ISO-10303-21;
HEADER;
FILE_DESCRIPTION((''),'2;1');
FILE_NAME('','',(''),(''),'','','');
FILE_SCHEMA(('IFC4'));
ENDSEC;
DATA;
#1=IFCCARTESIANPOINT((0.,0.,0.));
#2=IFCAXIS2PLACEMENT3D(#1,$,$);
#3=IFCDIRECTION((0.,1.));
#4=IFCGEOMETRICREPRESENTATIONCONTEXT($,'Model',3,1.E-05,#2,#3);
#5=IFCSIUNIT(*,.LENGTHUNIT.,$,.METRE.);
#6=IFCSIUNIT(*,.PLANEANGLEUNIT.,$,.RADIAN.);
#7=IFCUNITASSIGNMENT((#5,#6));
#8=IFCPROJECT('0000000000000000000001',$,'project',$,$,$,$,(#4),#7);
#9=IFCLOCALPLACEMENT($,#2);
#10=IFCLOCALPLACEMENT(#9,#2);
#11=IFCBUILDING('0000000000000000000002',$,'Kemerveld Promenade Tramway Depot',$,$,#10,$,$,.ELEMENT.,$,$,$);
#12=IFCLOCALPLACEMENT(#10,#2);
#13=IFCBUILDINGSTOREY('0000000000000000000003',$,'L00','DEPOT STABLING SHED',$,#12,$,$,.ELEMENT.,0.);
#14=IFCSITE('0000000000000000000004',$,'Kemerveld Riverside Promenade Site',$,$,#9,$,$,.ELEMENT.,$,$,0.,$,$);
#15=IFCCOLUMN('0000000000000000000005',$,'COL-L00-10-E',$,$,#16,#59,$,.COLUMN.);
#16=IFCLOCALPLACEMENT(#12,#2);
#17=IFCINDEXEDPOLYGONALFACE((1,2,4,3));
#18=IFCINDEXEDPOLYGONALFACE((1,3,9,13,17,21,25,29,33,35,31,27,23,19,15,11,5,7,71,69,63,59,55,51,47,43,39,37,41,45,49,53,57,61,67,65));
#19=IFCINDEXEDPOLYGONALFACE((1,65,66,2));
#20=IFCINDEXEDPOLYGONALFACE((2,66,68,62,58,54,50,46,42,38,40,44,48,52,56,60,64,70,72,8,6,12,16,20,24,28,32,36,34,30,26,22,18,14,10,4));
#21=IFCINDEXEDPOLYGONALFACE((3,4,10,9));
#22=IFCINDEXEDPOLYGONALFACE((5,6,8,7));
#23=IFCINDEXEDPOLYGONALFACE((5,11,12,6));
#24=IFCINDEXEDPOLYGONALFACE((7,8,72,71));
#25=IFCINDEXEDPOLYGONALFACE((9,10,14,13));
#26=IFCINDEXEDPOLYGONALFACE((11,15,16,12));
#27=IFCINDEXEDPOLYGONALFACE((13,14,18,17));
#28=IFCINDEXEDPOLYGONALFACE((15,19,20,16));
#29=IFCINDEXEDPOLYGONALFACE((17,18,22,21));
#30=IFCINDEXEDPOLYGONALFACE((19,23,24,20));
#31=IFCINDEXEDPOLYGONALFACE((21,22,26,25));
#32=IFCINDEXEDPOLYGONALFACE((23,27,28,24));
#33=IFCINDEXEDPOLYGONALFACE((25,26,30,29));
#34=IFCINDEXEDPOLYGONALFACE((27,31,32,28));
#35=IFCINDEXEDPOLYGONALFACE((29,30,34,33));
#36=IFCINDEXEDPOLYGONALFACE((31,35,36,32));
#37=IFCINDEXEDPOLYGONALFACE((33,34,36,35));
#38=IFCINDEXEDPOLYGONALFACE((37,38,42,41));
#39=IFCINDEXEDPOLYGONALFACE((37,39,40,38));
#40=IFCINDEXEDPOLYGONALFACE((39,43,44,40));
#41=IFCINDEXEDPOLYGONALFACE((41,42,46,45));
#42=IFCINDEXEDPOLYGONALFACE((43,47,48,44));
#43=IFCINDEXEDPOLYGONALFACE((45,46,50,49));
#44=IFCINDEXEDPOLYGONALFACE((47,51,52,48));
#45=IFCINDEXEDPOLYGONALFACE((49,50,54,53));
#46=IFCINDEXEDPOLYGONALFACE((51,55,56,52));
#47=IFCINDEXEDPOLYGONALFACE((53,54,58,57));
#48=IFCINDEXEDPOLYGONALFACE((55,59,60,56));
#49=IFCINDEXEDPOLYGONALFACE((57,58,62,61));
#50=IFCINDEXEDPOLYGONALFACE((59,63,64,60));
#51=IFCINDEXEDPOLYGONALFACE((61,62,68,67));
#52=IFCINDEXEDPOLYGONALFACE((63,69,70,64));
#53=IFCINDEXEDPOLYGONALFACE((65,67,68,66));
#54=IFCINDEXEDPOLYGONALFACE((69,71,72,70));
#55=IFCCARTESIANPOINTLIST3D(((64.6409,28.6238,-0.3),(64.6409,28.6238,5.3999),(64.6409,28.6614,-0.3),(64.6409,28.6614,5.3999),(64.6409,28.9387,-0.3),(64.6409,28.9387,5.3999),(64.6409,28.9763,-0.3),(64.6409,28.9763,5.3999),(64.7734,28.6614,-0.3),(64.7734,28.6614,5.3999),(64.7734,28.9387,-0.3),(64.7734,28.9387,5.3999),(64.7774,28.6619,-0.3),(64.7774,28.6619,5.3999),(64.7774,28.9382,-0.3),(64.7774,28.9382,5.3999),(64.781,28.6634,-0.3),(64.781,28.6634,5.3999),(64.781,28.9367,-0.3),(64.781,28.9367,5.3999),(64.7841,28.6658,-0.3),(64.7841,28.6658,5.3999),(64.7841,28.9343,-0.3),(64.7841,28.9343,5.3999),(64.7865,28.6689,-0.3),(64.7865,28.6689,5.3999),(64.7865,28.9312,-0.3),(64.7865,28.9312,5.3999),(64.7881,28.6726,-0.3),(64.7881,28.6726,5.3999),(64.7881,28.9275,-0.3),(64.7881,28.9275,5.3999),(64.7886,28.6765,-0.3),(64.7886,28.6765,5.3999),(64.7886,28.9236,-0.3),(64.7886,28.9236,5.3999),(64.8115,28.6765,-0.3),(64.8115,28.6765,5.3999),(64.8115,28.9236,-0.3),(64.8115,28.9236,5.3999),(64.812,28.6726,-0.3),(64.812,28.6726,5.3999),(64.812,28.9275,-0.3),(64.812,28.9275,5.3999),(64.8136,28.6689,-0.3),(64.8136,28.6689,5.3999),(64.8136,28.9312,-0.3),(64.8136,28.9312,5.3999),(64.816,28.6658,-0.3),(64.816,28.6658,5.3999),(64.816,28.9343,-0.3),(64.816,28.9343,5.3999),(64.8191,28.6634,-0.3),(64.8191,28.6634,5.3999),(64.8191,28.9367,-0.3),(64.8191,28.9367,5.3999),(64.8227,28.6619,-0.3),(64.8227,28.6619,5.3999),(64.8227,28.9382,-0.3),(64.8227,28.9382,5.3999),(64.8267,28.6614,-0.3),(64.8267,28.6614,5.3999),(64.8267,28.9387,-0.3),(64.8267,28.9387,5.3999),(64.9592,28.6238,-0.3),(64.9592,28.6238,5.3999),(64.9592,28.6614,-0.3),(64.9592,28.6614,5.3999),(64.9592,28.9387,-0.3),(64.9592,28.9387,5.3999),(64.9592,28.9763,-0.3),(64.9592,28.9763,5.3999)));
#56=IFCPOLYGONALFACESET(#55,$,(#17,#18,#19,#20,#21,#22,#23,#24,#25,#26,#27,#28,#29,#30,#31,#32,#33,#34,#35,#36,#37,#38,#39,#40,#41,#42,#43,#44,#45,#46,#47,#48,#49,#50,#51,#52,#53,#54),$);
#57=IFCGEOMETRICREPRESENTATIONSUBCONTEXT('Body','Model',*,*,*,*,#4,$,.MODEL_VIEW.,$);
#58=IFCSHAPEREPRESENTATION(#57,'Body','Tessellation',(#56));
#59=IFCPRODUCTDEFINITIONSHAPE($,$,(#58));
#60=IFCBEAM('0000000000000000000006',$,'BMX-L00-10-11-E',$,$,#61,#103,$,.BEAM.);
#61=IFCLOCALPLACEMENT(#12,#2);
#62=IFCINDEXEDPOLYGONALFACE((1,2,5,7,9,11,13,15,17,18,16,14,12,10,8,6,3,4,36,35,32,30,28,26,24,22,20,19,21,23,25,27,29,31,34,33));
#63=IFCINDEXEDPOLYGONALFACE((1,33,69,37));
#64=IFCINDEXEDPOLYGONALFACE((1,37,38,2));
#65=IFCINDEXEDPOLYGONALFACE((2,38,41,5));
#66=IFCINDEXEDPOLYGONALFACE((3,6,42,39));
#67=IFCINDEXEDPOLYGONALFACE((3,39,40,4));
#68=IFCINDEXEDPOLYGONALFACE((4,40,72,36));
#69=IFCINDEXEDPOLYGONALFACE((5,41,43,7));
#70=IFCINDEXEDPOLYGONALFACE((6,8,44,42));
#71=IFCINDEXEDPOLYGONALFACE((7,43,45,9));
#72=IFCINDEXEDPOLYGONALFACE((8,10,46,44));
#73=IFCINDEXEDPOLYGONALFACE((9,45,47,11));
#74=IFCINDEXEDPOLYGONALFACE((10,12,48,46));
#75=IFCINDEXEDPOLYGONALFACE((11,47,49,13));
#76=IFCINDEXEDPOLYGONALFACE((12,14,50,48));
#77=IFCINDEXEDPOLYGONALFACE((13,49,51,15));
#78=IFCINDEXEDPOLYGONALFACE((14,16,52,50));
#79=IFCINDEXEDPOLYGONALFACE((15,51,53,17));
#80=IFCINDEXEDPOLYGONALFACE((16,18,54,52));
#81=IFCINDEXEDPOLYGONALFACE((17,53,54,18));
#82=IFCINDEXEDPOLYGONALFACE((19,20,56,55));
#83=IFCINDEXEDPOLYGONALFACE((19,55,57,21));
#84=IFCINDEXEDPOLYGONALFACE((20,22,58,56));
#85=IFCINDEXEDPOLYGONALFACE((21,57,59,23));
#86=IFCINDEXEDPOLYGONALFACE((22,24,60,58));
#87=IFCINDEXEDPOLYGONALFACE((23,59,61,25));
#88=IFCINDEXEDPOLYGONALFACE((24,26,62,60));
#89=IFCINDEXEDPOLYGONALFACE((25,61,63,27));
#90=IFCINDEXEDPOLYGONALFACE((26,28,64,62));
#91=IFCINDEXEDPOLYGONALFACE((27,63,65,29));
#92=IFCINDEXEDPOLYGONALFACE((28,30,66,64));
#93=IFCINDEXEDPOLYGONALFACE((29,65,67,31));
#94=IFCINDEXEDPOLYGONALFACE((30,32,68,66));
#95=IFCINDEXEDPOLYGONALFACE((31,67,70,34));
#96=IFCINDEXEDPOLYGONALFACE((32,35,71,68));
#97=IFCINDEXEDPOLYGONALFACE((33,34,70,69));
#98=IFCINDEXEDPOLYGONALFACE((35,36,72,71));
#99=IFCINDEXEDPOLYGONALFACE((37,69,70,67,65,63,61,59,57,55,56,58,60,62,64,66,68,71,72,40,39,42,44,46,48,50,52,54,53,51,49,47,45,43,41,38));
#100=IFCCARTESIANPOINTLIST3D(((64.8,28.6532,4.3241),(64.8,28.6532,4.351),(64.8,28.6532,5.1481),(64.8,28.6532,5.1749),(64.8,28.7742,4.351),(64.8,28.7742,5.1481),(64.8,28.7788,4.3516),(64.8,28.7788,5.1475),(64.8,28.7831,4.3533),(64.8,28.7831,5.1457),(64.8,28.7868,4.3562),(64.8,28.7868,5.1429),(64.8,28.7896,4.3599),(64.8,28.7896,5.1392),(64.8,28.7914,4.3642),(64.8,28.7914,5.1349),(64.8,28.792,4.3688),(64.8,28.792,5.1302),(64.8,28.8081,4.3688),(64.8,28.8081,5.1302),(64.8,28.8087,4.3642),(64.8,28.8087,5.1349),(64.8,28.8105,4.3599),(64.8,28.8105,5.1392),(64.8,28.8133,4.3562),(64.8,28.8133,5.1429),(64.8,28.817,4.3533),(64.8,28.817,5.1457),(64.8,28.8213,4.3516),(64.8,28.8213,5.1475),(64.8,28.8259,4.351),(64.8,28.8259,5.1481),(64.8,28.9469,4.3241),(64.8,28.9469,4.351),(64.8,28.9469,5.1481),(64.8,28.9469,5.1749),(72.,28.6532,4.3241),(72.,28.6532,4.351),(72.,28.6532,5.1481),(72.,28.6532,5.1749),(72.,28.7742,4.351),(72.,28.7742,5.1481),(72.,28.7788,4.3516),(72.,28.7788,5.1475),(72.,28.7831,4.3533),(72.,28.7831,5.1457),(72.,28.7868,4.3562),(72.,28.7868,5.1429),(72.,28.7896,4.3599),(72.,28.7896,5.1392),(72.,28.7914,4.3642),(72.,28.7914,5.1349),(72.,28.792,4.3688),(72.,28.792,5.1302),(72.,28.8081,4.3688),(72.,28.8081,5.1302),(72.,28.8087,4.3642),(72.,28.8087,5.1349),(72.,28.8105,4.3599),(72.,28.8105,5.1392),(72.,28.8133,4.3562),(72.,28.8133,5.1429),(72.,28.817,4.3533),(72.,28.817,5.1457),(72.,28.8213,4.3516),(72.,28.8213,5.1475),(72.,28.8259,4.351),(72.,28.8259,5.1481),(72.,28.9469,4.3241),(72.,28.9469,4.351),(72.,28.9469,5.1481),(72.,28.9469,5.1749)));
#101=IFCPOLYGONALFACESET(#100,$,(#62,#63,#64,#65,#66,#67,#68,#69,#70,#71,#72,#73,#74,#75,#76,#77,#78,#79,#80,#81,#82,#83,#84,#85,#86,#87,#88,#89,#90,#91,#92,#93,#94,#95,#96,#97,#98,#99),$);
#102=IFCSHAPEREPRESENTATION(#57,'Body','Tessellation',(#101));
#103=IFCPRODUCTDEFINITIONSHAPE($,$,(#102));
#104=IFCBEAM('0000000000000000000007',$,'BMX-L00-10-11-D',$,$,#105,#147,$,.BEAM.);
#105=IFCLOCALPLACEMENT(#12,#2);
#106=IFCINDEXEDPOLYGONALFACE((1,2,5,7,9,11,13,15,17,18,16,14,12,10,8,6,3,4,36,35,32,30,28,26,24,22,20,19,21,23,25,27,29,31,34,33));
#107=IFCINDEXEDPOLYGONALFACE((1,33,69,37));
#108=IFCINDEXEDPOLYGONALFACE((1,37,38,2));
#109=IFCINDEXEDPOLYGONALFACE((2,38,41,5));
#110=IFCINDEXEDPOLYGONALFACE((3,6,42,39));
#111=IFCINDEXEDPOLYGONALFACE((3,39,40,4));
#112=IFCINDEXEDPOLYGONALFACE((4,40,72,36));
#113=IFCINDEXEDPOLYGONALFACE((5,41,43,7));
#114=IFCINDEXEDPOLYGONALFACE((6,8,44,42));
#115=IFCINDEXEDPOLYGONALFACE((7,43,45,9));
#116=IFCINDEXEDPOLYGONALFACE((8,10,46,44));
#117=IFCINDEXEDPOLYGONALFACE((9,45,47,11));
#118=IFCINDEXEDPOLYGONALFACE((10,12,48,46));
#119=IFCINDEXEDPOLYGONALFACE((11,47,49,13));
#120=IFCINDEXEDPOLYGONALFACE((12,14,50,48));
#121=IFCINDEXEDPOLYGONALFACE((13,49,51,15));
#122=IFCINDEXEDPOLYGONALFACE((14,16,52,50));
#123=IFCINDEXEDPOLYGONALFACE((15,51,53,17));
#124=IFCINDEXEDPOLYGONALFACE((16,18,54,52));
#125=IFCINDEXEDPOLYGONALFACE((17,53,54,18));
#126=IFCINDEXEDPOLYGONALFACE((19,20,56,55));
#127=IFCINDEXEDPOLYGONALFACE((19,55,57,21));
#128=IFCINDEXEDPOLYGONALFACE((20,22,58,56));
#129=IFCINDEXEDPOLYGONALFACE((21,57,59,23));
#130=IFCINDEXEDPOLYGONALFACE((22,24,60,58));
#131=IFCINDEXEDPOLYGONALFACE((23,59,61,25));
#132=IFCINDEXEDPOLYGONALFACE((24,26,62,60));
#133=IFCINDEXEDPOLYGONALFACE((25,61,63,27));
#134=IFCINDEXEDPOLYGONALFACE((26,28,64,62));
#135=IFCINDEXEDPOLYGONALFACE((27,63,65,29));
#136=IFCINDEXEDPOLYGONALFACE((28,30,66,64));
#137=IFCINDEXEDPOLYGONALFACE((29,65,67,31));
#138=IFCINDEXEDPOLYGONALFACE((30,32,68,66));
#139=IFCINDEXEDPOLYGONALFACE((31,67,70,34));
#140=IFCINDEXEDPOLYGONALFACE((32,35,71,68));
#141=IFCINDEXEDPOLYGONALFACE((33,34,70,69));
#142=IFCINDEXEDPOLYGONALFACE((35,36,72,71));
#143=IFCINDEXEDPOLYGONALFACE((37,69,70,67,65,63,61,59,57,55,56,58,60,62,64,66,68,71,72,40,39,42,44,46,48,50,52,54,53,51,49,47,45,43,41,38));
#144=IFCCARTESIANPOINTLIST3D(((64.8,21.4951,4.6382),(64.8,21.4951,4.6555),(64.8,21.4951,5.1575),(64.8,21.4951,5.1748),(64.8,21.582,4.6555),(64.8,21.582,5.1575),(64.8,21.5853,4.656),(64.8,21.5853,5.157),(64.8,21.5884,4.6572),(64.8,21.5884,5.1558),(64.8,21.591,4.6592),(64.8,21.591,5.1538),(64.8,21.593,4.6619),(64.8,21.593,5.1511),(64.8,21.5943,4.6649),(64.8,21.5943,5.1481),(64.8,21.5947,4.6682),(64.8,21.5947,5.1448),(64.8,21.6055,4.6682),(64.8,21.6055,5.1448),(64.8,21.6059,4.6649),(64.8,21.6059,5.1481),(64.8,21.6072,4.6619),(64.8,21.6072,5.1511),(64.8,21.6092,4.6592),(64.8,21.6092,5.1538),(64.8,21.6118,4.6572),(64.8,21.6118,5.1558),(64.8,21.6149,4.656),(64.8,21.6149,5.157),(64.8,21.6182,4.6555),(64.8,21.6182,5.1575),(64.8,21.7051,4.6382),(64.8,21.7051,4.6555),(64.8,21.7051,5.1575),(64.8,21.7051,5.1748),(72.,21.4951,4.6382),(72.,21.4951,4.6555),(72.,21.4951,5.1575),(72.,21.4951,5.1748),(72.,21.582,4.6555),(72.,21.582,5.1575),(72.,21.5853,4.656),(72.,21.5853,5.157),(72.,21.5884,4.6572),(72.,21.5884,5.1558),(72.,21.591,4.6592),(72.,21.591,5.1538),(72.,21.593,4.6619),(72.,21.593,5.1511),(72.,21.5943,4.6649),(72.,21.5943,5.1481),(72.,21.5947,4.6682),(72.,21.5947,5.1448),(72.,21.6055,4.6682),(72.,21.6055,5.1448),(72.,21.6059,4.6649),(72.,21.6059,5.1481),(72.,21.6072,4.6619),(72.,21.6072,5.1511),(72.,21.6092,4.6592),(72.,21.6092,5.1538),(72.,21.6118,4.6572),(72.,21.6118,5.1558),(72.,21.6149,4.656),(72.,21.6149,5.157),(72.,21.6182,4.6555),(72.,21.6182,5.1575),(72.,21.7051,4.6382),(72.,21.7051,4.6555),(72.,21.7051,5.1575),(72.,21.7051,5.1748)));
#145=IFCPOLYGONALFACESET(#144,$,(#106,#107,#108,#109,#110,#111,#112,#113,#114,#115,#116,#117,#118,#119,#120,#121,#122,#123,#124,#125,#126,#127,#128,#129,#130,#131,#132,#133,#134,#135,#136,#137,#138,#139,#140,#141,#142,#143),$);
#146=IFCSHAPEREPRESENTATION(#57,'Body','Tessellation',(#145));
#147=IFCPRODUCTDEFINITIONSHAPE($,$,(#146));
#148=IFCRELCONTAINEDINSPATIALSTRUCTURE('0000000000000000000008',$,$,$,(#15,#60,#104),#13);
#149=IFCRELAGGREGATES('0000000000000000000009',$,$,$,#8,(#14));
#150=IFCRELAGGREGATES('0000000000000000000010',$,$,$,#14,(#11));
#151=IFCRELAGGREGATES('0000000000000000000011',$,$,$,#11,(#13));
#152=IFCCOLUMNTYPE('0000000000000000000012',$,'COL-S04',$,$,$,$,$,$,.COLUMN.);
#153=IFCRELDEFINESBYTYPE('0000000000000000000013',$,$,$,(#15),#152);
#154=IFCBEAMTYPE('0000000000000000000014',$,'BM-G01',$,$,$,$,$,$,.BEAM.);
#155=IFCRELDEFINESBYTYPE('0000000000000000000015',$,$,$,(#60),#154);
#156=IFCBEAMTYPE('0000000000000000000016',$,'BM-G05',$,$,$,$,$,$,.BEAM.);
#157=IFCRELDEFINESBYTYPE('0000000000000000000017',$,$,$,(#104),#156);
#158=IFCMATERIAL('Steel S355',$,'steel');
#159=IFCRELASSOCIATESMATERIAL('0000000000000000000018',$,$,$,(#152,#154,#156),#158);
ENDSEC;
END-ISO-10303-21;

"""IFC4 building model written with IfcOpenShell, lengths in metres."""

from ifc_helpers import new_model, si_unit, direction, frame, origin, origin_2d, place, context, subcontext, project, spatial, i_section, extrude, material, material_profile, profile_set, type_object, element, save


model = new_model("IFC4")

# Units and contexts
model_context = context("Model", 3, precision=1e-05, world=origin(), true_north=direction((0.0, 1.0)))
body_context = subcontext(model_context, "Body", "Model", "MODEL_VIEW")
ifc_project = project(units=[si_unit("LENGTHUNIT", "METRE"), si_unit("PLANEANGLEUNIT", "RADIAN")], contexts=[model_context])

# Site, building, storey
site_placement = place(None, origin())
site = spatial("IfcSite", under=ifc_project, at=site_placement, Name="Kemerveld Riverside Promenade Site", CompositionType="ELEMENT", RefElevation=0.0)
building_placement = place(site_placement, origin())
building = spatial("IfcBuilding", under=site, at=building_placement, Name="Kemerveld Promenade Tramway Depot", CompositionType="ELEMENT")
storey_placement = place(building_placement, origin())
storey = spatial("IfcBuildingStorey", under=building, at=storey_placement, Name="L00", Description="DEPOT STABLING SHED", CompositionType="ELEMENT", Elevation=0.0)

# Column
ifc_material_1 = material(Name="Steel S355", Category="steel")
ifc_material_profile_1 = material_profile(ifc_material_1, i_section(OverallWidth=0.3184, OverallDepth=0.3525, WebThickness=0.0229, FlangeThickness=0.0376, FilletRadius=0.0151, at=origin_2d()), Name="305x305x240 UC")
ifc_profile_set_1 = profile_set([ifc_material_profile_1], Name="Steel S355")
column_type = type_object("IfcColumnType", Name="COL-S04", PredefinedType="COLUMN", material=ifc_profile_set_1)
for number, where, z_axis, x_axis, name in (
    (1, (64.8, 28.8, -0.3), (0.0, 0.0, 1.0), (1.0, 0.0, 0.0), "COL-L00-10-E"),
):
    element("IfcColumn", number, at=place(storey_placement, frame(where, z_axis=z_axis, x_axis=x_axis)), inside=storey, type_object=column_type, Name=name, PredefinedType="COLUMN", context=body_context, shape_type="SweptSolid", body=[
        extrude(i_section(OverallWidth=0.3184, OverallDepth=0.3525, WebThickness=0.0229, FlangeThickness=0.0376, FilletRadius=0.0151, at=origin_2d()), origin(), (0.0, 0.0, 1.0), 5.7),
    ])

# Beams
ifc_material_profile_2 = material_profile(ifc_material_1, i_section(OverallWidth=0.2937, OverallDepth=0.8508, WebThickness=0.0161, FlangeThickness=0.0269, FilletRadius=0.0178, at=origin_2d()), Name="838x292x226 UB")
ifc_profile_set_2 = profile_set([ifc_material_profile_2], Name="Steel S355")
beam_type_1 = type_object("IfcBeamType", Name="BM-G01", PredefinedType="BEAM", material=ifc_profile_set_2)
beam_1_placement = place(storey_placement, frame((64.8, 28.8, 4.7495), z_axis=(1.0, 0.0, 0.0), x_axis=(0.0, 1.0, 0.0)))
element("IfcBeam", 2, at=beam_1_placement, inside=storey, type_object=beam_type_1, Name="BMX-L00-10-11-E", PredefinedType="BEAM", context=body_context, shape_type="SweptSolid", body=[
    extrude(i_section(OverallWidth=0.2937, OverallDepth=0.8508, WebThickness=0.0161, FlangeThickness=0.0269, FilletRadius=0.0178, at=origin_2d()), origin(), (0.0, 0.0, 1.0), 7.2),
])
ifc_material_profile_3 = material_profile(ifc_material_1, i_section(OverallWidth=0.21, OverallDepth=0.5366, WebThickness=0.0107, FlangeThickness=0.0173, FilletRadius=0.0127, at=origin_2d()), Name="533x210x101 UB")
ifc_profile_set_3 = profile_set([ifc_material_profile_3], Name="Steel S355")
beam_type_2 = type_object("IfcBeamType", Name="BM-G05", PredefinedType="BEAM", material=ifc_profile_set_3)
beam_2_placement = place(storey_placement, frame((64.8, 21.6001, 4.9065), z_axis=(1.0, 0.0, 0.0), x_axis=(0.0, 1.0, 0.0)))
element("IfcBeam", 3, at=beam_2_placement, inside=storey, type_object=beam_type_2, Name="BMX-L00-10-11-D", PredefinedType="BEAM", context=body_context, shape_type="SweptSolid", body=[
    extrude(i_section(OverallWidth=0.21, OverallDepth=0.5366, WebThickness=0.0107, FlangeThickness=0.0173, FilletRadius=0.0127, at=origin_2d()), origin(), (0.0, 0.0, 1.0), 7.2),
])

save(model, "model.ifc")
